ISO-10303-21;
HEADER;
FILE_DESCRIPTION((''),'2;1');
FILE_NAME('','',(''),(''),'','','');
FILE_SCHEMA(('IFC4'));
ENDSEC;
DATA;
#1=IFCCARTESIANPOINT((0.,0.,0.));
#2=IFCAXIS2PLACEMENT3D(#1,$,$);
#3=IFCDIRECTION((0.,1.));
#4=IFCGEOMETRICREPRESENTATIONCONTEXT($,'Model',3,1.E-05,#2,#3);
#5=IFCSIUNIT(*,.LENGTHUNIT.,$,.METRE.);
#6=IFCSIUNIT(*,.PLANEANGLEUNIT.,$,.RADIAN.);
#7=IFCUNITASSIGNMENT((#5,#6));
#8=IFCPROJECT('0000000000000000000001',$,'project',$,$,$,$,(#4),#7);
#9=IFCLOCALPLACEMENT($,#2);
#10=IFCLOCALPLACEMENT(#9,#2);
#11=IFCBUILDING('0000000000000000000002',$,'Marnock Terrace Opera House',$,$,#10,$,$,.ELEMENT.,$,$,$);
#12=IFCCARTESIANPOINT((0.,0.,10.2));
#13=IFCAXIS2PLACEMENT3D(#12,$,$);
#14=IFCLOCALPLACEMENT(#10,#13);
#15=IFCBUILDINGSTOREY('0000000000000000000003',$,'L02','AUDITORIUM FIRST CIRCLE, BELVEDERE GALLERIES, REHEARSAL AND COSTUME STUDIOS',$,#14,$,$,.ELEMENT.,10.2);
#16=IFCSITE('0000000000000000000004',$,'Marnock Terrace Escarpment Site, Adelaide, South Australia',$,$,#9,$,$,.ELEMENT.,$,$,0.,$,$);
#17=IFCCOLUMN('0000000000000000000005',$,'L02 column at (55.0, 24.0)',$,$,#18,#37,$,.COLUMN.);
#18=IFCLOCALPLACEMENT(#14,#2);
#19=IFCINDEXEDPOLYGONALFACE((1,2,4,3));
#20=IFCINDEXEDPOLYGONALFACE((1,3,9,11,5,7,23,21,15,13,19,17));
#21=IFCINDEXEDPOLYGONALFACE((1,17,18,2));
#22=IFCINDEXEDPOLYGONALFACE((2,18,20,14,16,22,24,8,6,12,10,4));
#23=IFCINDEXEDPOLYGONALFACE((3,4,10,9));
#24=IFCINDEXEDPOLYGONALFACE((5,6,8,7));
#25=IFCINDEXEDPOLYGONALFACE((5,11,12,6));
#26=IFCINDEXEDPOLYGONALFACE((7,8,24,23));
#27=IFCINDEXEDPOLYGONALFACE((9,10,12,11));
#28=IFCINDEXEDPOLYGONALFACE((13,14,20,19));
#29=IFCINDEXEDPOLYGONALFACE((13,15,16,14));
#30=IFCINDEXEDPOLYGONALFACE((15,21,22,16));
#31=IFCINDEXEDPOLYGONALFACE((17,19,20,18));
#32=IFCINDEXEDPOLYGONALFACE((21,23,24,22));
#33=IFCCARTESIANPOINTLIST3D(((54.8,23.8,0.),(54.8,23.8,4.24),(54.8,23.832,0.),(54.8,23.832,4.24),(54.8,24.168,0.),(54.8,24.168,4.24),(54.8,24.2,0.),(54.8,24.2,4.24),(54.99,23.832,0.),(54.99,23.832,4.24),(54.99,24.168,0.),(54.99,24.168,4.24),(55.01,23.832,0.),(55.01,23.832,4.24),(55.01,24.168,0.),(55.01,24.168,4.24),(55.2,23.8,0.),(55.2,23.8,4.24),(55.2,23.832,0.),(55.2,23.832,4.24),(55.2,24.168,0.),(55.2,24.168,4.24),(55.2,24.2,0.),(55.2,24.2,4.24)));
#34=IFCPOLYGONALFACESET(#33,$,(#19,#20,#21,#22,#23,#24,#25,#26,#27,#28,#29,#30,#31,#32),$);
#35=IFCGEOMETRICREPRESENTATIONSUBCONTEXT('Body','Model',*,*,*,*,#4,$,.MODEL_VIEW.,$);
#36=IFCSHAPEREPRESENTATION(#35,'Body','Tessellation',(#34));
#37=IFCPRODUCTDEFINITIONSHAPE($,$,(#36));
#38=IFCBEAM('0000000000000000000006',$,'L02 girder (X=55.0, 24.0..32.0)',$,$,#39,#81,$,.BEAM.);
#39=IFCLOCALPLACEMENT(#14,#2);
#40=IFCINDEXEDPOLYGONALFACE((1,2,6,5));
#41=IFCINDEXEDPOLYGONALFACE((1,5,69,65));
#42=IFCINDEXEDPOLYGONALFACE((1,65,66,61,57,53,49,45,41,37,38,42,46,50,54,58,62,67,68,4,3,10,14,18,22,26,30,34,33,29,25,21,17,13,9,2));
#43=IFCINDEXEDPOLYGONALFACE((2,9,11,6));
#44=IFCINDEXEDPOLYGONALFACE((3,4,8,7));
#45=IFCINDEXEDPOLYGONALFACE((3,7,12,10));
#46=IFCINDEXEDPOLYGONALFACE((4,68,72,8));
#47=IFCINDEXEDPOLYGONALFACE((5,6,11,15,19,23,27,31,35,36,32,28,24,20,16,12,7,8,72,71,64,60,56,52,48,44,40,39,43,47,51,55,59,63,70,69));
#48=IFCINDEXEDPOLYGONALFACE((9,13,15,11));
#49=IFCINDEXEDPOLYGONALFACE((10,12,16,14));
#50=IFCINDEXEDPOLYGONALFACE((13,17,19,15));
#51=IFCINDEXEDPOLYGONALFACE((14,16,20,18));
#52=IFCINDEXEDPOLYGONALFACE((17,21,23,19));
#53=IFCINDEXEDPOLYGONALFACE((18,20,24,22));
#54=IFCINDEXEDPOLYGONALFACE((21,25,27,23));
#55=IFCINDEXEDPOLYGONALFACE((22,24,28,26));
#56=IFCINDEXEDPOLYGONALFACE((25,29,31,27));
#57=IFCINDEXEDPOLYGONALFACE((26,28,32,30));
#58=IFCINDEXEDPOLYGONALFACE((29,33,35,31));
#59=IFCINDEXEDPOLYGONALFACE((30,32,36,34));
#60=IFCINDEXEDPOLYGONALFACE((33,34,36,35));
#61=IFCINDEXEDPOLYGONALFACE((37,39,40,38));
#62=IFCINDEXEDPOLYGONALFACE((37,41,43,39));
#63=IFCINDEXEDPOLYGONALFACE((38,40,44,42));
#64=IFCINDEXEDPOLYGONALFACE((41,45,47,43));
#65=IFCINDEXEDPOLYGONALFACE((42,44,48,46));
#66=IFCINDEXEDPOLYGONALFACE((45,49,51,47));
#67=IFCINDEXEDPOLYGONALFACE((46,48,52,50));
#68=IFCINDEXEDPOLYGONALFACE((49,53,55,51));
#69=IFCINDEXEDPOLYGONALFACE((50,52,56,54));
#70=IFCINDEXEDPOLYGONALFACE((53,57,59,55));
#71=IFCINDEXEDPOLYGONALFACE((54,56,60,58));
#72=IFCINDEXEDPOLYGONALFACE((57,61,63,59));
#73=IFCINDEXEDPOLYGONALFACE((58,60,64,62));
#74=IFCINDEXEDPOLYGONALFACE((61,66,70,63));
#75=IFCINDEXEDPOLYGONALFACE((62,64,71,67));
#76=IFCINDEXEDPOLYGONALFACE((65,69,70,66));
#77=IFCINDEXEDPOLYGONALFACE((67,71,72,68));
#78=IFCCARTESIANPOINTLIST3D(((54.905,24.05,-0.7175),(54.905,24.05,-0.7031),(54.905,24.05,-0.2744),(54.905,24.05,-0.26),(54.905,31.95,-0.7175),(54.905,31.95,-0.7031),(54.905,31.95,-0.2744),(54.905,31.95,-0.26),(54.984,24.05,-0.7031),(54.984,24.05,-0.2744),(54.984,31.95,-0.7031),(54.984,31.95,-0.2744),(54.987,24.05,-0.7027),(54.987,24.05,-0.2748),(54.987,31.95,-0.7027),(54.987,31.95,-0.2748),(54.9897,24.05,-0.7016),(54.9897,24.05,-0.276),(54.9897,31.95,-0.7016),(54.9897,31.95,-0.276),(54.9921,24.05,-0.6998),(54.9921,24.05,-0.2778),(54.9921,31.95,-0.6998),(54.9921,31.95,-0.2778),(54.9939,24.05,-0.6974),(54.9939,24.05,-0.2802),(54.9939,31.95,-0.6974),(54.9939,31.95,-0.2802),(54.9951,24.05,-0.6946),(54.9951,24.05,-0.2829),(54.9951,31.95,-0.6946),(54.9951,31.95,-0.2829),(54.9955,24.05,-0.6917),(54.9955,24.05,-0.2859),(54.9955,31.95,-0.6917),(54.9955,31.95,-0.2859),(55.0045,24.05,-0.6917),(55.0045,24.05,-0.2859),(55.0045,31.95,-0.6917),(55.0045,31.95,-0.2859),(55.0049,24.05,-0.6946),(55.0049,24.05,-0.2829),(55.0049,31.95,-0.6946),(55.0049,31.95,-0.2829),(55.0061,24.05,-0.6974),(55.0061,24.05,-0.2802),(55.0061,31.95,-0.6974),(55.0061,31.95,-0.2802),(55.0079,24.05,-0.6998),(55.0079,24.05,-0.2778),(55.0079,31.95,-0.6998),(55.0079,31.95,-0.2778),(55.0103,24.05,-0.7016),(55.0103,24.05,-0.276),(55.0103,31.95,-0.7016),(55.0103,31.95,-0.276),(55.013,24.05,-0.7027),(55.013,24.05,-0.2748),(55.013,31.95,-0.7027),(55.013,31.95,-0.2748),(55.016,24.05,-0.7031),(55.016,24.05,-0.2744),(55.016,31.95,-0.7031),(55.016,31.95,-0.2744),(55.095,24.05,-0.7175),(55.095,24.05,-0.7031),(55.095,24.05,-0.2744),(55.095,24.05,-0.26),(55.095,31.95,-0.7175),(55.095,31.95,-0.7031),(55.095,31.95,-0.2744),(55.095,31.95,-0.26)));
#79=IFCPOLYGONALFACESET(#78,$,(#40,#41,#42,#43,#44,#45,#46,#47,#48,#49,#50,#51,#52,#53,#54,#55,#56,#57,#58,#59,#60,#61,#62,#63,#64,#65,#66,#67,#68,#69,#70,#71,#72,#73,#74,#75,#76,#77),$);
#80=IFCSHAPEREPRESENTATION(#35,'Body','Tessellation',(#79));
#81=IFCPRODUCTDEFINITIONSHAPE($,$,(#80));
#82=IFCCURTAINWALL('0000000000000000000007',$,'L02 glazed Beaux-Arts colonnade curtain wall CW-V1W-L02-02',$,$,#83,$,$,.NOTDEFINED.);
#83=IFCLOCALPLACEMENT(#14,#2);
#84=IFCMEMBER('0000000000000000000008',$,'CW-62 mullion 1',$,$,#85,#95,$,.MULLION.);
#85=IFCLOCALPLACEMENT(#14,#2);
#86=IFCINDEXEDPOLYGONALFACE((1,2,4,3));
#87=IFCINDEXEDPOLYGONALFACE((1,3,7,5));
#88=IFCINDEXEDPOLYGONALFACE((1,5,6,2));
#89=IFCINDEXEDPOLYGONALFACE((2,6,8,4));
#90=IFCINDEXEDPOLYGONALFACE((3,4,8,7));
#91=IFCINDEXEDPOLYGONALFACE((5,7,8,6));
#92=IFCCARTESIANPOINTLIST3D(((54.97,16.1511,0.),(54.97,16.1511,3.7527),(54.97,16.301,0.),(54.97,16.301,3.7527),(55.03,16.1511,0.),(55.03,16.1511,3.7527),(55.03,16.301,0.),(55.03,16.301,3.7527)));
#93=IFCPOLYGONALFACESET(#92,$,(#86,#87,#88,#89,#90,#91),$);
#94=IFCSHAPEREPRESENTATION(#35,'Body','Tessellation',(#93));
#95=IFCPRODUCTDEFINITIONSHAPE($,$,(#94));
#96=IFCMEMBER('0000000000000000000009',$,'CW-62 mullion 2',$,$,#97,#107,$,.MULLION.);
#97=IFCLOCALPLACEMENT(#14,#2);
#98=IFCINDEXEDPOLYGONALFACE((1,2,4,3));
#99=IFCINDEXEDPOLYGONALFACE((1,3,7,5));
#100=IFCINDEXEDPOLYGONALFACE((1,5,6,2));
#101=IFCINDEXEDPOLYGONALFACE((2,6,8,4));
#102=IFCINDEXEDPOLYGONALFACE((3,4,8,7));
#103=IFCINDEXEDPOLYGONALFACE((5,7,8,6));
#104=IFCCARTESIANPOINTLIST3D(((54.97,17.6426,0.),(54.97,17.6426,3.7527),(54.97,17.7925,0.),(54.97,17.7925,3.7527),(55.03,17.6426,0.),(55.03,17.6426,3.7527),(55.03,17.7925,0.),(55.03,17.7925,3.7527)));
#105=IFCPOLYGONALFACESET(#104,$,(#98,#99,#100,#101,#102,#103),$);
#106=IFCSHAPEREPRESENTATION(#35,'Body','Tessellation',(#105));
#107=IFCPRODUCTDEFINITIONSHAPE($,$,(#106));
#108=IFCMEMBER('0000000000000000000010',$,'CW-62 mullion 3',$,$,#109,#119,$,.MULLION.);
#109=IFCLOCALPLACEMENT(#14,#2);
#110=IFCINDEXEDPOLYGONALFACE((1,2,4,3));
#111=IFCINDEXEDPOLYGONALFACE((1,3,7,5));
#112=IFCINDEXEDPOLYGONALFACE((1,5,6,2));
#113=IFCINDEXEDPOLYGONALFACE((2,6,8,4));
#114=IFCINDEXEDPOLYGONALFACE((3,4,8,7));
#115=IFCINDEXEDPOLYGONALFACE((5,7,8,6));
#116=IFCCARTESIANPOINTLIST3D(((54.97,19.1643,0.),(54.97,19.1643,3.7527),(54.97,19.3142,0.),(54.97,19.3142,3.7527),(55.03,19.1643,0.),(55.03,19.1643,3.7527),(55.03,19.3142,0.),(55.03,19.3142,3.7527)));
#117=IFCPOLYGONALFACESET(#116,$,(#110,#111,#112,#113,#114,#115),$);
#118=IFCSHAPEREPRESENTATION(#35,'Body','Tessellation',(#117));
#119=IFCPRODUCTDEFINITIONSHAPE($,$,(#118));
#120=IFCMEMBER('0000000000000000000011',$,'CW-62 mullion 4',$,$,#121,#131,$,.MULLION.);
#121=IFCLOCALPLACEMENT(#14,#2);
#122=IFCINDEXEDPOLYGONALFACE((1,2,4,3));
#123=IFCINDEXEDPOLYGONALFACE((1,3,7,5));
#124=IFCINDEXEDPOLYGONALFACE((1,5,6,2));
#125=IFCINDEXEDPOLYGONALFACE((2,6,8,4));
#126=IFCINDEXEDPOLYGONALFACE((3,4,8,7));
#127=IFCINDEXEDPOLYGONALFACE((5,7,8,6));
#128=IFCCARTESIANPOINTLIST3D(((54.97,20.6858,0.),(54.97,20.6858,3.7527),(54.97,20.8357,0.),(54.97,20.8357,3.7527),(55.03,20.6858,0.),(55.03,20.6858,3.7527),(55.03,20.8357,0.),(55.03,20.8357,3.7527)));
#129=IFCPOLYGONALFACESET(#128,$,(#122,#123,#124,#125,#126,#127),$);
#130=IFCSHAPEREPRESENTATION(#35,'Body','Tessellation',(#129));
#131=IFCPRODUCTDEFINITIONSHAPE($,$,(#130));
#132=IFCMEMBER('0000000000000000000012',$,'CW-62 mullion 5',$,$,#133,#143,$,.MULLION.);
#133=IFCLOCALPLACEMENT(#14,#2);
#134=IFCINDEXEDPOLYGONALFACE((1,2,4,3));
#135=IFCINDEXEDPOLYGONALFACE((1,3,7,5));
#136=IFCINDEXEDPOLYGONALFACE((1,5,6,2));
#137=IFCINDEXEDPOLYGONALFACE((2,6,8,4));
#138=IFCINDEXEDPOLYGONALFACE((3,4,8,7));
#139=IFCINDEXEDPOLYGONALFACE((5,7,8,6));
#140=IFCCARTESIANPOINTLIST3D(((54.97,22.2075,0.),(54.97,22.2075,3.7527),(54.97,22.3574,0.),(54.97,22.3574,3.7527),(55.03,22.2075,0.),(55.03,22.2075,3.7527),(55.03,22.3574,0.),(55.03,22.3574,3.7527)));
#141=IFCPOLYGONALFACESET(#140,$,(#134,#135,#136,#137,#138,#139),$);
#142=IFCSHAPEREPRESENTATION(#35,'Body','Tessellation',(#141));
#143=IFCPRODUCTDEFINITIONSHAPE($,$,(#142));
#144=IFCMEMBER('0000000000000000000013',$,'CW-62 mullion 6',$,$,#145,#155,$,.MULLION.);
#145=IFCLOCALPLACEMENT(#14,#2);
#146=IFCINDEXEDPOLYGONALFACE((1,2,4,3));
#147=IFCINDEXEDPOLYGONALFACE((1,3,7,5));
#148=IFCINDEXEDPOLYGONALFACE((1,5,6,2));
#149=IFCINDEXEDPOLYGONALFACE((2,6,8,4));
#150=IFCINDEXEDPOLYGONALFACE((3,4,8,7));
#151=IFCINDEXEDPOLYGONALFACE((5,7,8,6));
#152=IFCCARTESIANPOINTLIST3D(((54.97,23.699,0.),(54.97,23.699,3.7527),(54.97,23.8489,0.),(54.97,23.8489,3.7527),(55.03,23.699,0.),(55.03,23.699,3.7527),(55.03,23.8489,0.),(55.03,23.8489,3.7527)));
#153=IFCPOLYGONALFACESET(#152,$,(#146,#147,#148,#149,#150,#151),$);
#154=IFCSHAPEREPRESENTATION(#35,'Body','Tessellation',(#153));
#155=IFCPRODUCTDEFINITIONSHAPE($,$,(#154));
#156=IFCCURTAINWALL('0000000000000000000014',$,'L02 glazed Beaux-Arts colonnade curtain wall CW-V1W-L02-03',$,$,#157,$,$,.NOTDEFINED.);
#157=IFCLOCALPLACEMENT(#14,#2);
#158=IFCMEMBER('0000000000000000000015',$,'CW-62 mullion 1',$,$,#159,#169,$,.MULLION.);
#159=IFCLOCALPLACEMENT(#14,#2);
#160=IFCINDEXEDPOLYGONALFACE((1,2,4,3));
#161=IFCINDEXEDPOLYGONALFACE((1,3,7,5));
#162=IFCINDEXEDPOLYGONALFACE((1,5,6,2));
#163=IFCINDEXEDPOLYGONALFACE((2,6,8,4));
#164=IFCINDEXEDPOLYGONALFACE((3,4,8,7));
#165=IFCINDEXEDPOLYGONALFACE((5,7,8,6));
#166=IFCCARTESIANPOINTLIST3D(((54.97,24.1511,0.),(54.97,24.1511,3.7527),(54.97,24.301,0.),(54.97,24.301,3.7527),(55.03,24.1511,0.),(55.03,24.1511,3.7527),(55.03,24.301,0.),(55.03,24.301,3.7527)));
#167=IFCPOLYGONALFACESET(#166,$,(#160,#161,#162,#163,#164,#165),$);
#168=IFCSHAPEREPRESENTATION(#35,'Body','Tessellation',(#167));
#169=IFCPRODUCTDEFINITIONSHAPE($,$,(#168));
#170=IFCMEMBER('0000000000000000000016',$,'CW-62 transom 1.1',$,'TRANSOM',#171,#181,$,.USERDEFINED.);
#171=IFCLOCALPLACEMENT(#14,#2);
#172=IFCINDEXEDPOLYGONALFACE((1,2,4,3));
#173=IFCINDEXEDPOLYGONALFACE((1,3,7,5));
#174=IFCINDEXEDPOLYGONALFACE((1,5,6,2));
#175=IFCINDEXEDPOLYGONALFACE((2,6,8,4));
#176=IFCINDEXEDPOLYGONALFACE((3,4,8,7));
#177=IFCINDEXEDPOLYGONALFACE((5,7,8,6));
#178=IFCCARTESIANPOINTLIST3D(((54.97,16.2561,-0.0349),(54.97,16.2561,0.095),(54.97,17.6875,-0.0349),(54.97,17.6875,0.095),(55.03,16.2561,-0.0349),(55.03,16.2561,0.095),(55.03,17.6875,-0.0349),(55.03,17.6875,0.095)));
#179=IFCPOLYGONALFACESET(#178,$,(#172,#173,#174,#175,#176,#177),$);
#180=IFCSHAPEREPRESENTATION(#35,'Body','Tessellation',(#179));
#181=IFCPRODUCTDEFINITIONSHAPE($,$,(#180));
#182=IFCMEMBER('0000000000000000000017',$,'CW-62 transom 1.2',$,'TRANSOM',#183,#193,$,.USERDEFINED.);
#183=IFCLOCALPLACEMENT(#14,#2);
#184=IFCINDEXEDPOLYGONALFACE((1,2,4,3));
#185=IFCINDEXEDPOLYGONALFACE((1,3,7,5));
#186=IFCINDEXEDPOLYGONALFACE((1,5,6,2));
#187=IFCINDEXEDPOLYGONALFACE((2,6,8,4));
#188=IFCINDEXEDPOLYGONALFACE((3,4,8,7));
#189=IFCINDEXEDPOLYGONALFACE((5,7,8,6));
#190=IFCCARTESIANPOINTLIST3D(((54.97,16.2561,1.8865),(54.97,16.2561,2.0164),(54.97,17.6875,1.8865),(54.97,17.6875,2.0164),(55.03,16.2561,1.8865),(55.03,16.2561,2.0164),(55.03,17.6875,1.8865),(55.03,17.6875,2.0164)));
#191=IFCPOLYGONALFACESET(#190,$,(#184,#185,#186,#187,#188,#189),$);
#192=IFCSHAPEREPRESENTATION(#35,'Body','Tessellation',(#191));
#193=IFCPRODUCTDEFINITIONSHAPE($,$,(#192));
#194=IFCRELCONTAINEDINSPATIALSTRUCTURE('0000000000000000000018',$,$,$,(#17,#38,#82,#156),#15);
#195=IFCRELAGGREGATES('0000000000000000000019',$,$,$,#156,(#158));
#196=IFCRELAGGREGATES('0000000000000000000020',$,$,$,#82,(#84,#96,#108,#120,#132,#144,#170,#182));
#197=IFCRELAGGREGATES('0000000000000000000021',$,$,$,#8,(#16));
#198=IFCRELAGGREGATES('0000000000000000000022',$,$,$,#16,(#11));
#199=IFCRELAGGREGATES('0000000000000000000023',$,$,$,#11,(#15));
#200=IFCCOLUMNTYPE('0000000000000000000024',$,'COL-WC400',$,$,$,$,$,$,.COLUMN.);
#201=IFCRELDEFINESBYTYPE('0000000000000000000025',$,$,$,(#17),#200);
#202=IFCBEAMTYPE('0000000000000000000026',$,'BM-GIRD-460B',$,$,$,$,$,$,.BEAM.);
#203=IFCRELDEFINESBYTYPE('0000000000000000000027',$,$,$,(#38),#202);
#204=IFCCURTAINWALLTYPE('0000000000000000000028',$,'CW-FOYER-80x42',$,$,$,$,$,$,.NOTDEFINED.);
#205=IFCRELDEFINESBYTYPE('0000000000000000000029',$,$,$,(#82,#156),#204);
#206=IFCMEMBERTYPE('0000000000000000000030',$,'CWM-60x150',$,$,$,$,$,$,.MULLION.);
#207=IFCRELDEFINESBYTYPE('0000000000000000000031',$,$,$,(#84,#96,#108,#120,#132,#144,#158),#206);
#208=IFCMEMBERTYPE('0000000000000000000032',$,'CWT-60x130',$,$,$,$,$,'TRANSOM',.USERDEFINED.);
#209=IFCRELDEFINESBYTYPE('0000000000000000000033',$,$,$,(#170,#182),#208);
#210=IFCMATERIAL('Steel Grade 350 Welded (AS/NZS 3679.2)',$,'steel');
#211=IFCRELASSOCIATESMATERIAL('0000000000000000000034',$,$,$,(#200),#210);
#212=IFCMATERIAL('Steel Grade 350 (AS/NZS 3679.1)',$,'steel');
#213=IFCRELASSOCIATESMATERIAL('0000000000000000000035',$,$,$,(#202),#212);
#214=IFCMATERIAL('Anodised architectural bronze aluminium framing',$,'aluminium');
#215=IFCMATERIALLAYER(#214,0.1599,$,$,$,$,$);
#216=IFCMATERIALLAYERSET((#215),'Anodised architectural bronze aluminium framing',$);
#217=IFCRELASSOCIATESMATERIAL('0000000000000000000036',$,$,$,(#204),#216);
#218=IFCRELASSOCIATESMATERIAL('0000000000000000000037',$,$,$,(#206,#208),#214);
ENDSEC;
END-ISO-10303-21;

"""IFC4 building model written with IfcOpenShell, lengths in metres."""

from ifc_helpers import new_model, si_unit, direction, frame, origin, origin_2d, place, context, subcontext, project, spatial, rectangle, i_section, extrude, material, layer, layer_set, material_profile, profile_set, type_object, element, aggregate, save


model = new_model("IFC4")

# Units and contexts
model_context = context("Model", 3, precision=1e-05, world=origin(), true_north=direction((0.0, 1.0)))
body_context = subcontext(model_context, "Body", "Model", "MODEL_VIEW")
ifc_project = project(units=[si_unit("LENGTHUNIT", "METRE"), si_unit("PLANEANGLEUNIT", "RADIAN")], contexts=[model_context])

# Site, building, storey
site_placement = place(None, origin())
site = spatial("IfcSite", under=ifc_project, at=site_placement, Name="Marnock Terrace Escarpment Site, Adelaide, South Australia", CompositionType="ELEMENT", RefElevation=0.0)
building_placement = place(site_placement, origin())
building = spatial("IfcBuilding", under=site, at=building_placement, Name="Marnock Terrace Opera House", CompositionType="ELEMENT")
storey_placement = place(building_placement, frame((0.0, 0.0, 10.2)))
storey = spatial("IfcBuildingStorey", under=building, at=storey_placement, Name="L02", Description="AUDITORIUM FIRST CIRCLE, BELVEDERE GALLERIES, REHEARSAL AND COSTUME STUDIOS", CompositionType="ELEMENT", Elevation=10.2)

# Column
ifc_material_1 = material(Name="Steel Grade 350 Welded (AS/NZS 3679.2)", Category="steel")
ifc_material_profile_1 = material_profile(ifc_material_1, i_section(OverallWidth=0.3999, OverallDepth=0.3999, WebThickness=0.02, FlangeThickness=0.032, at=origin_2d()))
ifc_profile_set_1 = profile_set([ifc_material_profile_1], Name="Steel Grade 350 Welded (AS/NZS 3679.2)")
column_type = type_object("IfcColumnType", Name="COL-WC400", PredefinedType="COLUMN", material=ifc_profile_set_1)
column_placement = place(storey_placement, frame((55.0, 24.0, 0.0), z_axis=(0.0, 0.0, 1.0), x_axis=(1.0, 0.0, 0.0)))
element("IfcColumn", 1, at=column_placement, inside=storey, type_object=column_type, Name="L02 column at (55.0, 24.0)", PredefinedType="COLUMN", context=body_context, shape_type="SweptSolid", body=[
    extrude(i_section(OverallWidth=0.3999, OverallDepth=0.3999, WebThickness=0.02, FlangeThickness=0.032, at=origin_2d()), origin(), (0.0, 0.0, 1.0), 4.24),
])

# Beam
ifc_material_2 = material(Name="Steel Grade 350 (AS/NZS 3679.1)", Category="steel")
ifc_material_profile_2 = material_profile(ifc_material_2, i_section(OverallWidth=0.1899, OverallDepth=0.4575, WebThickness=0.009, FlangeThickness=0.0144, FilletRadius=0.0115, at=origin_2d()))
ifc_profile_set_2 = profile_set([ifc_material_profile_2], Name="Steel Grade 350 (AS/NZS 3679.1)")
beam_type = type_object("IfcBeamType", Name="BM-GIRD-460B", PredefinedType="BEAM", material=ifc_profile_set_2)
beam_placement = place(storey_placement, frame((55.0, 24.05, -0.4888), z_axis=(0.0, 1.0, 0.0), x_axis=(-1.0, 0.0, 0.0)))
element("IfcBeam", 2, at=beam_placement, inside=storey, type_object=beam_type, Name="L02 girder (X=55.0, 24.0..32.0)", PredefinedType="BEAM", context=body_context, shape_type="SweptSolid", body=[
    extrude(i_section(OverallWidth=0.1899, OverallDepth=0.4575, WebThickness=0.009, FlangeThickness=0.0144, FilletRadius=0.0115, at=origin_2d()), origin(), (0.0, 0.0, 1.0), 7.8999),
])

# Curtain wall, members
ifc_material_3 = material(Name="Anodised architectural bronze aluminium framing", Category="aluminium")
ifc_layer_1 = layer(ifc_material_3, 0.1599)
ifc_layer_set_1 = layer_set([ifc_layer_1], Name="Anodised architectural bronze aluminium framing")
curtain_wall_type = type_object("IfcCurtainWallType", Name="CW-FOYER-80x42", PredefinedType="NOTDEFINED", material=ifc_layer_set_1)
curtain_wall_1_placement = place(storey_placement, origin())
curtain_wall_1 = element("IfcCurtainWall", 3, at=curtain_wall_1_placement, inside=storey, type_object=curtain_wall_type, Name="L02 glazed Beaux-Arts colonnade curtain wall CW-V1W-L02-02", PredefinedType="NOTDEFINED")
ifc_material_profile_3 = material_profile(ifc_material_3, rectangle(XDim=0.0601, YDim=0.1499, at=origin_2d()))
ifc_profile_set_3 = profile_set([ifc_material_profile_3], Name="Anodised architectural bronze aluminium framing")
member_type_1 = type_object("IfcMemberType", Name="CWM-60x150", PredefinedType="MULLION", material=ifc_profile_set_3)
member_1_placement = place(storey_placement, frame((55.0, 16.2261, 0.0), z_axis=(0.0, 0.0, 1.0), x_axis=(-1.0, 0.0, 0.0)))
member_1 = element("IfcMember", 4, at=member_1_placement, type_object=member_type_1, Name="CW-62 mullion 1", PredefinedType="MULLION", context=body_context, shape_type="SweptSolid", body=[
    extrude(rectangle(XDim=0.0601, YDim=0.1499, at=origin_2d()), origin(), (0.0, 0.0, 1.0), 3.7527),
])
member_2_placement = place(storey_placement, frame((55.0, 17.7175, 0.0), z_axis=(0.0, 0.0, 1.0), x_axis=(-1.0, 0.0, 0.0)))
member_2 = element("IfcMember", 5, at=member_2_placement, type_object=member_type_1, Name="CW-62 mullion 2", PredefinedType="MULLION", context=body_context, shape_type="SweptSolid", body=[
    extrude(rectangle(XDim=0.0601, YDim=0.1499, at=origin_2d()), origin(), (0.0, 0.0, 1.0), 3.7527),
])
member_3_placement = place(storey_placement, frame((55.0, 19.2393, 0.0), z_axis=(0.0, 0.0, 1.0), x_axis=(-1.0, 0.0, 0.0)))
member_3 = element("IfcMember", 6, at=member_3_placement, type_object=member_type_1, Name="CW-62 mullion 3", PredefinedType="MULLION", context=body_context, shape_type="SweptSolid", body=[
    extrude(rectangle(XDim=0.0601, YDim=0.1499, at=origin_2d()), origin(), (0.0, 0.0, 1.0), 3.7527),
])
member_4_placement = place(storey_placement, frame((55.0, 20.7607, 0.0), z_axis=(0.0, 0.0, 1.0), x_axis=(-1.0, 0.0, 0.0)))
member_4 = element("IfcMember", 7, at=member_4_placement, type_object=member_type_1, Name="CW-62 mullion 4", PredefinedType="MULLION", context=body_context, shape_type="SweptSolid", body=[
    extrude(rectangle(XDim=0.0601, YDim=0.1499, at=origin_2d()), origin(), (0.0, 0.0, 1.0), 3.7527),
])
member_5_placement = place(storey_placement, frame((55.0, 22.2825, 0.0), z_axis=(0.0, 0.0, 1.0), x_axis=(-1.0, 0.0, 0.0)))
member_5 = element("IfcMember", 8, at=member_5_placement, type_object=member_type_1, Name="CW-62 mullion 5", PredefinedType="MULLION", context=body_context, shape_type="SweptSolid", body=[
    extrude(rectangle(XDim=0.0601, YDim=0.1499, at=origin_2d()), origin(), (0.0, 0.0, 1.0), 3.7527),
])
member_6_placement = place(storey_placement, frame((55.0, 23.7739, 0.0), z_axis=(0.0, 0.0, 1.0), x_axis=(-1.0, 0.0, 0.0)))
member_6 = element("IfcMember", 9, at=member_6_placement, type_object=member_type_1, Name="CW-62 mullion 6", PredefinedType="MULLION", context=body_context, shape_type="SweptSolid", body=[
    extrude(rectangle(XDim=0.0601, YDim=0.1499, at=origin_2d()), origin(), (0.0, 0.0, 1.0), 3.7527),
])

# Curtain wall, member
curtain_wall_2_placement = place(storey_placement, origin())
curtain_wall_2 = element("IfcCurtainWall", 10, at=curtain_wall_2_placement, inside=storey, type_object=curtain_wall_type, Name="L02 glazed Beaux-Arts colonnade curtain wall CW-V1W-L02-03", PredefinedType="NOTDEFINED")
member_7_placement = place(storey_placement, frame((55.0, 24.2261, 0.0), z_axis=(0.0, 0.0, 1.0), x_axis=(-1.0, 0.0, 0.0)))
member_7 = element("IfcMember", 11, at=member_7_placement, type_object=member_type_1, Name="CW-62 mullion 1", PredefinedType="MULLION", context=body_context, shape_type="SweptSolid", body=[
    extrude(rectangle(XDim=0.0601, YDim=0.1499, at=origin_2d()), origin(), (0.0, 0.0, 1.0), 3.7527),
])

# Members
ifc_material_profile_4 = material_profile(ifc_material_3, rectangle(XDim=0.0601, YDim=0.1299, at=origin_2d()))
ifc_profile_set_4 = profile_set([ifc_material_profile_4], Name="Anodised architectural bronze aluminium framing")
member_type_2 = type_object("IfcMemberType", Name="CWT-60x130", ElementType="TRANSOM", PredefinedType="USERDEFINED", material=ifc_profile_set_4)
member_8_placement = place(storey_placement, frame((55.0, 16.2561, 0.03), z_axis=(0.0, 1.0, 0.0), x_axis=(-1.0, 0.0, 0.0)))
member_8 = element("IfcMember", 12, at=member_8_placement, type_object=member_type_2, Name="CW-62 transom 1.1", ObjectType="TRANSOM", PredefinedType="USERDEFINED", context=body_context, shape_type="SweptSolid", body=[
    extrude(rectangle(XDim=0.0601, YDim=0.1299, at=origin_2d()), origin(), (0.0, 0.0, 1.0), 1.4314),
])
member_9_placement = place(storey_placement, frame((55.0, 16.2561, 1.9514), z_axis=(0.0, 1.0, 0.0), x_axis=(-1.0, 0.0, 0.0)))
member_9 = element("IfcMember", 13, at=member_9_placement, type_object=member_type_2, Name="CW-62 transom 1.2", ObjectType="TRANSOM", PredefinedType="USERDEFINED", context=body_context, shape_type="SweptSolid", body=[
    extrude(rectangle(XDim=0.0601, YDim=0.1299, at=origin_2d()), origin(), (0.0, 0.0, 1.0), 1.4314),
])
aggregate(curtain_wall_2, [member_7])

aggregate(curtain_wall_1, [member_1, member_2, member_3, member_4, member_5, member_6, member_8, member_9])

save(model, "model.ifc")
